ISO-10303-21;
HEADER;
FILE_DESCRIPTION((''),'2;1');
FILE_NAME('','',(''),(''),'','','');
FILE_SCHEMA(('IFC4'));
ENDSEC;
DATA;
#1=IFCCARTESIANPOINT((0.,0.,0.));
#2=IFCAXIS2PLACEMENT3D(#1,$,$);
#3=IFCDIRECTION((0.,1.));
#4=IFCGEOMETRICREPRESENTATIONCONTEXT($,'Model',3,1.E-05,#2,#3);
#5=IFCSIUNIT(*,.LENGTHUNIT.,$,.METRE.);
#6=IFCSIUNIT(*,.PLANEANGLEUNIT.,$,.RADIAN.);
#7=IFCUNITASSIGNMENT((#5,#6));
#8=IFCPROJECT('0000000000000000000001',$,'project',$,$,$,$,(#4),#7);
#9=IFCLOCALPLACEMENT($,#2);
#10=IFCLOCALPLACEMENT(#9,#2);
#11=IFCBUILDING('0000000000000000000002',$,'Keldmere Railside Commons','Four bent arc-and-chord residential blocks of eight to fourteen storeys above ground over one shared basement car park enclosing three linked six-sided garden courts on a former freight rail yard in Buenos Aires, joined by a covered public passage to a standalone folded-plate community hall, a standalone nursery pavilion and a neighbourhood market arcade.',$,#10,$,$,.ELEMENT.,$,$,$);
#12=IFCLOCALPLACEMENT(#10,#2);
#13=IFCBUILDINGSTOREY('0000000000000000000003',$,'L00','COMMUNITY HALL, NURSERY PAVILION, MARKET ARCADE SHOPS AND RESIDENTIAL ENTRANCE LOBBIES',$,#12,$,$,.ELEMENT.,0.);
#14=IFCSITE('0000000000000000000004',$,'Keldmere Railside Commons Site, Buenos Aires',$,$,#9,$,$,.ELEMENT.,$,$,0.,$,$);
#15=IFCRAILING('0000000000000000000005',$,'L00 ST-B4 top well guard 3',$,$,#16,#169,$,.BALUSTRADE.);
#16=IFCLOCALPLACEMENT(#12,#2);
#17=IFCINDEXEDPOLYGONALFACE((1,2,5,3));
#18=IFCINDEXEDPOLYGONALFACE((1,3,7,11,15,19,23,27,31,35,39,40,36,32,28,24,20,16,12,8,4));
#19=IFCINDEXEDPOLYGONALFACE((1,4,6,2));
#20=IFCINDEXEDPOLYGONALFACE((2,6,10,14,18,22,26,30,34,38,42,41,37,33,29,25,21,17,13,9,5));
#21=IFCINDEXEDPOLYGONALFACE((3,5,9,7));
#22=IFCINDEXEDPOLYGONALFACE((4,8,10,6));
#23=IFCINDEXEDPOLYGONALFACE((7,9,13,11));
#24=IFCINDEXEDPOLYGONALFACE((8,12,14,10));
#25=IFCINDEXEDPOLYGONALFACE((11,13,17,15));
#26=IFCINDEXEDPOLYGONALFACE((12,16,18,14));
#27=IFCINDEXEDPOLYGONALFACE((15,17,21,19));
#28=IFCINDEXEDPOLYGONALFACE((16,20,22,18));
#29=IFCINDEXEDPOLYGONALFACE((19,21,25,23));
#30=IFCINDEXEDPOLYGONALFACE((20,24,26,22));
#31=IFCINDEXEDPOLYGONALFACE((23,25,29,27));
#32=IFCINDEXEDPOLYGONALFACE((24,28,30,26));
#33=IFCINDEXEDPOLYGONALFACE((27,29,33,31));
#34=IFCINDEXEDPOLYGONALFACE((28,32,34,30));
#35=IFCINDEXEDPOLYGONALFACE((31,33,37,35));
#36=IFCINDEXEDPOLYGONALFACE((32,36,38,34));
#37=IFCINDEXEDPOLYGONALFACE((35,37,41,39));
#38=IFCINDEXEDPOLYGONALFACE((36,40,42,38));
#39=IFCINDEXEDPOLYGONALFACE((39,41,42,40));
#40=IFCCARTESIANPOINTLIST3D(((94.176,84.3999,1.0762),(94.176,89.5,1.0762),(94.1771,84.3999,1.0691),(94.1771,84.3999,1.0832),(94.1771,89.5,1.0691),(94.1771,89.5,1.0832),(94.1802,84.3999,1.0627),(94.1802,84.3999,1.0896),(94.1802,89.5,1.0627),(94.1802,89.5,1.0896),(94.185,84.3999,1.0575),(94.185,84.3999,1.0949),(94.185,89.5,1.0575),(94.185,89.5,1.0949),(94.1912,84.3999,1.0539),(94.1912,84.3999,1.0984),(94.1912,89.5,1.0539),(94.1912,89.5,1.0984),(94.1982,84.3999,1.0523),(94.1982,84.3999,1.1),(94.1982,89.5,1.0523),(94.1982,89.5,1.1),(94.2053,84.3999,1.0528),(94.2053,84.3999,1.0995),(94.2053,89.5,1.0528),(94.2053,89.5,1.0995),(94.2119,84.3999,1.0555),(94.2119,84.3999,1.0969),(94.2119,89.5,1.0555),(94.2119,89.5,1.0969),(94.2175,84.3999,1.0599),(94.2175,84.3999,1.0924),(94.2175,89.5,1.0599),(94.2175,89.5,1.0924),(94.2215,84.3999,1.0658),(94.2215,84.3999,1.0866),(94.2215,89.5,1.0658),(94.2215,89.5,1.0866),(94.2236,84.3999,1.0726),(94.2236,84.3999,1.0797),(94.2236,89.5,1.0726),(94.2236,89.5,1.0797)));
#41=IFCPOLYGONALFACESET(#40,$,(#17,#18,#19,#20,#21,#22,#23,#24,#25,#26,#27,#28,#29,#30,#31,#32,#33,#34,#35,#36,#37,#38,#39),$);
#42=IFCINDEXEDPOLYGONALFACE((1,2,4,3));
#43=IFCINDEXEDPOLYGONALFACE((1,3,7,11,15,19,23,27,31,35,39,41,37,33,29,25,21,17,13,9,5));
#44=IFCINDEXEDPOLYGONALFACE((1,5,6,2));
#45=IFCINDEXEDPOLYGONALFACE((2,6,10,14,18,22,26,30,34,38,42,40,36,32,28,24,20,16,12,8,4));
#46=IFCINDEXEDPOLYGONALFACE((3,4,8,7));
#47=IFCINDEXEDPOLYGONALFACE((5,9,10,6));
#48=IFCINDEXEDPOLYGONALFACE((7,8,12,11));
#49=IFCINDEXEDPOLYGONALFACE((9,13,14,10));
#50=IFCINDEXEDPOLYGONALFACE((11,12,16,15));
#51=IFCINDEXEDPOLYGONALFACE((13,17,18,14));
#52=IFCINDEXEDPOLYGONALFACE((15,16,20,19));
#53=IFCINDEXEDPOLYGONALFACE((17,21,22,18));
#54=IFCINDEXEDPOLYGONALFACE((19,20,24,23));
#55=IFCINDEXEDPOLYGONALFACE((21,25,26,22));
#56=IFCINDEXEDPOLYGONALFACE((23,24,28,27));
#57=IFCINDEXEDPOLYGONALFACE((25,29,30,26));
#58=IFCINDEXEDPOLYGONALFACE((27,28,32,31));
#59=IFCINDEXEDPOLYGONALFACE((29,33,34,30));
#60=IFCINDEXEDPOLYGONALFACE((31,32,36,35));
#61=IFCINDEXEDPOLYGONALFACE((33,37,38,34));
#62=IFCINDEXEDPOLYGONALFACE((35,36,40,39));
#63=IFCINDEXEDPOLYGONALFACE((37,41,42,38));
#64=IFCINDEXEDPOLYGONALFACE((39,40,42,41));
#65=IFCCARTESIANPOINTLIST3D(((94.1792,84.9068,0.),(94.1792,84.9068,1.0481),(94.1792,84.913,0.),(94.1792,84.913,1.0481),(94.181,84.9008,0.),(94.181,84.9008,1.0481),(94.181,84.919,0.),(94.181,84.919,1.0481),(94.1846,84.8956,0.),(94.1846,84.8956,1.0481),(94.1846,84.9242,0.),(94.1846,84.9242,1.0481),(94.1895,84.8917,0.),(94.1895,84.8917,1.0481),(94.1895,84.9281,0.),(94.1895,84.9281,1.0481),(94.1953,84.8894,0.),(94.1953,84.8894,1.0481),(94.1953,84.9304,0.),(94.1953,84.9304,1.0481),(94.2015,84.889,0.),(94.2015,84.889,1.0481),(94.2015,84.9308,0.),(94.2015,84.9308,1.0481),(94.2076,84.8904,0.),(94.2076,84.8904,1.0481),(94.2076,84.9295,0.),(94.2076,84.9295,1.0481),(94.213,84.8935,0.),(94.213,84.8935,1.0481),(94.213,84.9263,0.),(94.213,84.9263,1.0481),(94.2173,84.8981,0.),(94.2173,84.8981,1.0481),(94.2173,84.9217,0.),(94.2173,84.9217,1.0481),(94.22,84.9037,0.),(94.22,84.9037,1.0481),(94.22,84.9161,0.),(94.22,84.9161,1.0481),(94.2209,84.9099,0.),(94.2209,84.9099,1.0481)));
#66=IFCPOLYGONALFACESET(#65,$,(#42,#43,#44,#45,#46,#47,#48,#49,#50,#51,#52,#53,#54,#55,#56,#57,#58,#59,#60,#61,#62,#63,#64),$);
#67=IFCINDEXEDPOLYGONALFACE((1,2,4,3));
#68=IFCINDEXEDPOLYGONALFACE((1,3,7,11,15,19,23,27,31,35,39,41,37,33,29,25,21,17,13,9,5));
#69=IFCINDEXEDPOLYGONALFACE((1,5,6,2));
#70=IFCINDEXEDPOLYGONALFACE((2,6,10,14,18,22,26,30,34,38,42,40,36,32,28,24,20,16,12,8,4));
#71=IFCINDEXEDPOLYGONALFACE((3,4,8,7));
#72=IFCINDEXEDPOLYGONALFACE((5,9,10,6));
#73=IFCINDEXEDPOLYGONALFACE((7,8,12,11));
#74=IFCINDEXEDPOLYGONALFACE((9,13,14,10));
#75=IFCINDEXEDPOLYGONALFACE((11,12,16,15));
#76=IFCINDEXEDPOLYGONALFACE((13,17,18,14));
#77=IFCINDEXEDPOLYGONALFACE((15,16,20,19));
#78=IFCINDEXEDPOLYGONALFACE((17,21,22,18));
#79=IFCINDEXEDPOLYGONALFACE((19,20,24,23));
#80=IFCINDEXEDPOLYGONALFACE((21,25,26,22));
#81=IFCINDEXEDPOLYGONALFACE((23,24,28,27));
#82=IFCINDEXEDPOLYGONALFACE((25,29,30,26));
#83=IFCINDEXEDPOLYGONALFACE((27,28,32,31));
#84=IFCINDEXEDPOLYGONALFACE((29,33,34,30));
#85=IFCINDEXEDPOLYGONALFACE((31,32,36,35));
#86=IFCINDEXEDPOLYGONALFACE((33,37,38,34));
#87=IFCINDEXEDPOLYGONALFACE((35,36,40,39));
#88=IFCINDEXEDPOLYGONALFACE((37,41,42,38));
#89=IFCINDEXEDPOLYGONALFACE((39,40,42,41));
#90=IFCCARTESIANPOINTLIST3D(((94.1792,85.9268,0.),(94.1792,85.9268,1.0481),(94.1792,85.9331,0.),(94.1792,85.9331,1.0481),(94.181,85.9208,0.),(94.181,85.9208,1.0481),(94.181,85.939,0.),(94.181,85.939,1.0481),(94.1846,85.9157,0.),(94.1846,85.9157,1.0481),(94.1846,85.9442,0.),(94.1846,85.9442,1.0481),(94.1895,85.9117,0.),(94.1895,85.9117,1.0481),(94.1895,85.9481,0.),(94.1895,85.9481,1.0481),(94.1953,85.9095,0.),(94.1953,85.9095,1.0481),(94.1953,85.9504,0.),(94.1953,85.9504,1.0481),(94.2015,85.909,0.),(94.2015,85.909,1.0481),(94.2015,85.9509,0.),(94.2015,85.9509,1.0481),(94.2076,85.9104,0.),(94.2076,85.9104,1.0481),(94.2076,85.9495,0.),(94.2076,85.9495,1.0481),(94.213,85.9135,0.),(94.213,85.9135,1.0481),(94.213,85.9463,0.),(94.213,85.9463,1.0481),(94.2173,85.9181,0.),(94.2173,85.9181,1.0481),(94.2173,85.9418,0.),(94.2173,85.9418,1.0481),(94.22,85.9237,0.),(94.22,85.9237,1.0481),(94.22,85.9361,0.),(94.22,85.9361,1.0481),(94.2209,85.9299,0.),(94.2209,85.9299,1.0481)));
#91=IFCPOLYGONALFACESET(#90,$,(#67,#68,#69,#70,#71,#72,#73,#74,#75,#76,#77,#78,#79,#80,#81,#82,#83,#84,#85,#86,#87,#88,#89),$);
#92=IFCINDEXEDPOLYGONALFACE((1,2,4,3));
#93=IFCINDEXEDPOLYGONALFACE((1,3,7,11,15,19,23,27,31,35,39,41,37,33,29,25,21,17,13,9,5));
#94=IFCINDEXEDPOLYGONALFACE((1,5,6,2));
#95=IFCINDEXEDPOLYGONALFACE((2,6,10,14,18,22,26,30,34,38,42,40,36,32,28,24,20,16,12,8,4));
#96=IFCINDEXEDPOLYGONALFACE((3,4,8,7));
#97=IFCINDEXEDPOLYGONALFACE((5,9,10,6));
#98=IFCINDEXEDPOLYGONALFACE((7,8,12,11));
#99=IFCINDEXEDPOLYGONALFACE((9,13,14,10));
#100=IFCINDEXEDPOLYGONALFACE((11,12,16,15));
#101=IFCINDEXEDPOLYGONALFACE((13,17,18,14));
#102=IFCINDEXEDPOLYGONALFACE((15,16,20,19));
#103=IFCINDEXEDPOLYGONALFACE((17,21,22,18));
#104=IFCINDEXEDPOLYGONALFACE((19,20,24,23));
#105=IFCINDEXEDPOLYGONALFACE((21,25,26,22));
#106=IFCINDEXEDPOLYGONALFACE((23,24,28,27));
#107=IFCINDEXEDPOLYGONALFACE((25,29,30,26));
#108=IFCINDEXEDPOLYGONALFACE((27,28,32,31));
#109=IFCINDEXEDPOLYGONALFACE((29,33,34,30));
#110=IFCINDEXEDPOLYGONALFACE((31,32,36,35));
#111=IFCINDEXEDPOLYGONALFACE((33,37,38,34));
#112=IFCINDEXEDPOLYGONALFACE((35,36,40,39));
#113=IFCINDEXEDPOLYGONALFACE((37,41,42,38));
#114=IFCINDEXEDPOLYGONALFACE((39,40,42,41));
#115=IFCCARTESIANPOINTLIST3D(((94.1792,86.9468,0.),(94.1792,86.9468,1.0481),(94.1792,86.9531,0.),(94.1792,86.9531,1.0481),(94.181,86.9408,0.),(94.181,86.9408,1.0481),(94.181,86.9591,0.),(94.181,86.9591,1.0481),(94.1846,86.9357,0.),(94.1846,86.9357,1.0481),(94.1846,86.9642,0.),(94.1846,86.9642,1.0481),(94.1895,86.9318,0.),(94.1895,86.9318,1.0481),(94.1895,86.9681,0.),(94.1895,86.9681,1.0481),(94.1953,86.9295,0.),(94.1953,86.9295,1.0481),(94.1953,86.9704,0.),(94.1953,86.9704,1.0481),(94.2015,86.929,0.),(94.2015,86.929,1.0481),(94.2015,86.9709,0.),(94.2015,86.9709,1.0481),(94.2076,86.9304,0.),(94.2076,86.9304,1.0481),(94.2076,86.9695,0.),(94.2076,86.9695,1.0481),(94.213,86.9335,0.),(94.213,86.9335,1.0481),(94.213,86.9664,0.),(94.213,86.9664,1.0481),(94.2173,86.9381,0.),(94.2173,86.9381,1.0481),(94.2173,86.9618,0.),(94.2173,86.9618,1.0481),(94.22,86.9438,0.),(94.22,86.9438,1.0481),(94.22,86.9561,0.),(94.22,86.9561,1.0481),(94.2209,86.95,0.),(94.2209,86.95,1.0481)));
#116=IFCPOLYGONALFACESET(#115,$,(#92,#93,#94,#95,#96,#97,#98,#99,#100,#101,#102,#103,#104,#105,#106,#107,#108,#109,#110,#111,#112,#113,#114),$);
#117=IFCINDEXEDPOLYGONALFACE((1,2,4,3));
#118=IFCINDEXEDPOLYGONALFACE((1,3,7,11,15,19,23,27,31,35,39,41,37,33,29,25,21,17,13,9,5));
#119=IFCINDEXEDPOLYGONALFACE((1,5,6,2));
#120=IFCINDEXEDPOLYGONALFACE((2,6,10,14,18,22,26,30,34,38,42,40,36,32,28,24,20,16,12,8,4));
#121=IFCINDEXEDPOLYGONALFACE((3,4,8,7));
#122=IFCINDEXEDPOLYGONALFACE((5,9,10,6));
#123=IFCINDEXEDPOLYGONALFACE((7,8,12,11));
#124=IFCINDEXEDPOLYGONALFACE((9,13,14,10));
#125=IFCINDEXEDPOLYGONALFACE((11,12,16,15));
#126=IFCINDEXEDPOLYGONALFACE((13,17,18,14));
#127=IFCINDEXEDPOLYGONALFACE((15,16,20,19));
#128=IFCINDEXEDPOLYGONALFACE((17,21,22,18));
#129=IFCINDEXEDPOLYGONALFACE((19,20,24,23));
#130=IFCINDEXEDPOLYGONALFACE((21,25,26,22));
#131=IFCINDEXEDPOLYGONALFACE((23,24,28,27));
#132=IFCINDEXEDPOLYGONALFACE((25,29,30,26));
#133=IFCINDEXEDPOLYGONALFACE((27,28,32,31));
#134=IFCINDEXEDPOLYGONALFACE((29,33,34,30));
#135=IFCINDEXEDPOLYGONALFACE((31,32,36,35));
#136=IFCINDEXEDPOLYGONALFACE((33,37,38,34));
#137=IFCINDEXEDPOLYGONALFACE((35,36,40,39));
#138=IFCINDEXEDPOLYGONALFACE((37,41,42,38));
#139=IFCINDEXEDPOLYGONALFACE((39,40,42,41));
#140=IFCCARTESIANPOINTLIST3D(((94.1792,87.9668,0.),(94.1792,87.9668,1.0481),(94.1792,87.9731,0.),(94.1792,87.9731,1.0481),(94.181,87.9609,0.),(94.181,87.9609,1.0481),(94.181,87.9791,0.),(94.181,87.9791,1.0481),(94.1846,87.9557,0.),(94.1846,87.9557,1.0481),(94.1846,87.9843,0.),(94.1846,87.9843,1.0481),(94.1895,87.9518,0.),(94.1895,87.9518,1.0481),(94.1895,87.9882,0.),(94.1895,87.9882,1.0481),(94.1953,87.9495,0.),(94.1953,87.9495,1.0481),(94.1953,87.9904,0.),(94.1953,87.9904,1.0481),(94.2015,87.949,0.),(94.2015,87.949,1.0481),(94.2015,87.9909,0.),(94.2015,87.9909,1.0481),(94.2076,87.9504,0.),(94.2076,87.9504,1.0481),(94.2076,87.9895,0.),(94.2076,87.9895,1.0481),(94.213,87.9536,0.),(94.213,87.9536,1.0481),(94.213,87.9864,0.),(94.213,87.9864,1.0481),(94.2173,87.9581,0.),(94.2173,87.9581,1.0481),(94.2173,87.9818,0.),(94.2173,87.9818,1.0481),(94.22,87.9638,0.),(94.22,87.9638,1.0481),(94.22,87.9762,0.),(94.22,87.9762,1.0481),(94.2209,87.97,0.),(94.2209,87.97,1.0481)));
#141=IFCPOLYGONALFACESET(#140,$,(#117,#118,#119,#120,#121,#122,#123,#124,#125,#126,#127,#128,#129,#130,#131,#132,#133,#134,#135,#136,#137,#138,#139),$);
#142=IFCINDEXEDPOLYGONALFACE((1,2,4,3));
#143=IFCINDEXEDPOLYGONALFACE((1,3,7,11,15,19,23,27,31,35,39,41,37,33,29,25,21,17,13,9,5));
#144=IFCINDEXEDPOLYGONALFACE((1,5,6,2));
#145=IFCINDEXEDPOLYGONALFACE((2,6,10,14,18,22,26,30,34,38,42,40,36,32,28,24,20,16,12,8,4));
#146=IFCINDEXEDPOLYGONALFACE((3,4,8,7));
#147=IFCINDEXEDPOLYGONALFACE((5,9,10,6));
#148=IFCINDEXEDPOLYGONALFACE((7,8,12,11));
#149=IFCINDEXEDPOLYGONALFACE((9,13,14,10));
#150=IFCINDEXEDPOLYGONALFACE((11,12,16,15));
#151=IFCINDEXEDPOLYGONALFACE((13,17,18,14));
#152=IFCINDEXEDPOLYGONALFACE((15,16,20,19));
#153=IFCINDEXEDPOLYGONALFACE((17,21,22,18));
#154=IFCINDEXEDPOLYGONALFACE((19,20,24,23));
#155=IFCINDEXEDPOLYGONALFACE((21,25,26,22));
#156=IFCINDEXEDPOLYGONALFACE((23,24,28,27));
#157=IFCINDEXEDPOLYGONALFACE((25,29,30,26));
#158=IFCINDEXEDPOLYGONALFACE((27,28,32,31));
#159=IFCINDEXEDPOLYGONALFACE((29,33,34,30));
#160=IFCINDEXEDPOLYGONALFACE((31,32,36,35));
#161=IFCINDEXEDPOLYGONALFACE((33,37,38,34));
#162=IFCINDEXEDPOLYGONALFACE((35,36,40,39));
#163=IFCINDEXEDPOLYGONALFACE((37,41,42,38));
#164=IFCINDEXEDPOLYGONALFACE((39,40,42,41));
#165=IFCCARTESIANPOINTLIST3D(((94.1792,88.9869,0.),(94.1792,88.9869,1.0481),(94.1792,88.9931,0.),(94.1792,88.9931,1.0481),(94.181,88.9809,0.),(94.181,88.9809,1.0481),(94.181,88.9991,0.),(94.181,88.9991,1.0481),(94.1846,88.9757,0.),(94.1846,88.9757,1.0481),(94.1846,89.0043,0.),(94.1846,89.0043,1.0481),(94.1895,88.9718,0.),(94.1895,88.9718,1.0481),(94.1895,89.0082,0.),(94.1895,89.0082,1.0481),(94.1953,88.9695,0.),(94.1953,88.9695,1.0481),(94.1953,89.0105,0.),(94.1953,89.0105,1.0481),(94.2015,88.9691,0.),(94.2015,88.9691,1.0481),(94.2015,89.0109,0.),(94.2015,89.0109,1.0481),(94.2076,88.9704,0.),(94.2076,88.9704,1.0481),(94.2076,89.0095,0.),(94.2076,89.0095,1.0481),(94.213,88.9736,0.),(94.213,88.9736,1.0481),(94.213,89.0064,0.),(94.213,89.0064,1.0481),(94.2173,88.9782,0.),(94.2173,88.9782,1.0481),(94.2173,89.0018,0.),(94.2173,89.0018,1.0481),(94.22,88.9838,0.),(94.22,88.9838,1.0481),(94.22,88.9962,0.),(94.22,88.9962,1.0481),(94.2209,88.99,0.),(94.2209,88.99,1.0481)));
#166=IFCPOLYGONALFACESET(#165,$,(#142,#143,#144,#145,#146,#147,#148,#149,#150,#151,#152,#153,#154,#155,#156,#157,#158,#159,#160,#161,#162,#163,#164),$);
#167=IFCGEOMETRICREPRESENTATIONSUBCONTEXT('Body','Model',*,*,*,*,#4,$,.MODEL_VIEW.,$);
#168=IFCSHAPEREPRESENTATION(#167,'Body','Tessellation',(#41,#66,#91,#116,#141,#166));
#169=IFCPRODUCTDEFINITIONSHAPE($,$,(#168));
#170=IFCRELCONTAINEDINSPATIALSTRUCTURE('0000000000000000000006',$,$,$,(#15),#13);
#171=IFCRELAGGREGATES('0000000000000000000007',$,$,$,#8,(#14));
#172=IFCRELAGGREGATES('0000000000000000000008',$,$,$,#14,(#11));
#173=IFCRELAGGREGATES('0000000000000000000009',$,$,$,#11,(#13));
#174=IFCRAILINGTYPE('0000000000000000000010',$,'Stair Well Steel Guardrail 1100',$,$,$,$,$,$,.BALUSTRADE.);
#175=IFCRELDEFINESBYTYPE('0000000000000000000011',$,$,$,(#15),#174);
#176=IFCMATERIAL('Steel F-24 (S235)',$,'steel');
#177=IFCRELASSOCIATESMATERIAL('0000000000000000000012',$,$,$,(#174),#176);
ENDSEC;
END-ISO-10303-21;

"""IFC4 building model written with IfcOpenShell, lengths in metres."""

from ifc_helpers import new_model, si_unit, direction, frame, origin, origin_2d, place, context, subcontext, project, spatial, circle, extrude, material, type_object, element, save


model = new_model("IFC4")

# Units and contexts
model_context = context("Model", 3, precision=1e-05, world=origin(), true_north=direction((0.0, 1.0)))
body_context = subcontext(model_context, "Body", "Model", "MODEL_VIEW")
ifc_project = project(units=[si_unit("LENGTHUNIT", "METRE"), si_unit("PLANEANGLEUNIT", "RADIAN")], contexts=[model_context])

# Site, building, storey
site_placement = place(None, origin())
site = spatial("IfcSite", under=ifc_project, at=site_placement, Name="Keldmere Railside Commons Site, Buenos Aires", CompositionType="ELEMENT", RefElevation=0.0)
building_placement = place(site_placement, origin())
building = spatial("IfcBuilding", under=site, at=building_placement, Name="Keldmere Railside Commons", Description="Four bent arc-and-chord residential blocks of eight to fourteen storeys above ground over one shared basement car park enclosing three linked six-sided garden courts on a former freight rail yard in Buenos Aires, joined by a covered public passage to a standalone folded-plate community hall, a standalone nursery pavilion and a neighbourhood market arcade.", CompositionType="ELEMENT")
storey_placement = place(building_placement, origin())
storey = spatial("IfcBuildingStorey", under=building, at=storey_placement, Name="L00", Description="COMMUNITY HALL, NURSERY PAVILION, MARKET ARCADE SHOPS AND RESIDENTIAL ENTRANCE LOBBIES", CompositionType="ELEMENT", Elevation=0.0)

# Shared definitions
ifc_material_1 = material(Name="Steel F-24 (S235)", Category="steel")

# Railing
railing_type = type_object("IfcRailingType", Name="Stair Well Steel Guardrail 1100", PredefinedType="BALUSTRADE", material=ifc_material_1)
for number, where, name in (
    (1, (94.2, 84.3999, 0.0), "L00 ST-B4 top well guard 3"),
):
    element("IfcRailing", number, at=place(storey_placement, frame(where)), inside=storey, type_object=railing_type, Name=name, PredefinedType="BALUSTRADE", context=body_context, shape_type="SweptSolid", body=[
        extrude(circle(Radius=0.0239, at=origin_2d()), frame((0.0, 0.0, 1.0762), z_axis=(0.0, 1.0, 0.0), x_axis=(-1.0, 0.0, 0.0)), (0.0, 0.0, 1.0), 5.1001),
        extrude(circle(Radius=0.021, at=origin_2d()), frame((0.0, 0.51, 0.0)), (0.0, 0.0, 1.0), 1.0481),
        extrude(circle(Radius=0.021, at=origin_2d()), frame((0.0, 1.53, 0.0)), (0.0, 0.0, 1.0), 1.0481),
        extrude(circle(Radius=0.021, at=origin_2d()), frame((0.0, 2.55, 0.0)), (0.0, 0.0, 1.0), 1.0481),
        extrude(circle(Radius=0.021, at=origin_2d()), frame((0.0, 3.5701, 0.0)), (0.0, 0.0, 1.0), 1.0481),
        extrude(circle(Radius=0.021, at=origin_2d()), frame((0.0, 4.5901, 0.0)), (0.0, 0.0, 1.0), 1.0481),
    ])

save(model, "model.ifc")
